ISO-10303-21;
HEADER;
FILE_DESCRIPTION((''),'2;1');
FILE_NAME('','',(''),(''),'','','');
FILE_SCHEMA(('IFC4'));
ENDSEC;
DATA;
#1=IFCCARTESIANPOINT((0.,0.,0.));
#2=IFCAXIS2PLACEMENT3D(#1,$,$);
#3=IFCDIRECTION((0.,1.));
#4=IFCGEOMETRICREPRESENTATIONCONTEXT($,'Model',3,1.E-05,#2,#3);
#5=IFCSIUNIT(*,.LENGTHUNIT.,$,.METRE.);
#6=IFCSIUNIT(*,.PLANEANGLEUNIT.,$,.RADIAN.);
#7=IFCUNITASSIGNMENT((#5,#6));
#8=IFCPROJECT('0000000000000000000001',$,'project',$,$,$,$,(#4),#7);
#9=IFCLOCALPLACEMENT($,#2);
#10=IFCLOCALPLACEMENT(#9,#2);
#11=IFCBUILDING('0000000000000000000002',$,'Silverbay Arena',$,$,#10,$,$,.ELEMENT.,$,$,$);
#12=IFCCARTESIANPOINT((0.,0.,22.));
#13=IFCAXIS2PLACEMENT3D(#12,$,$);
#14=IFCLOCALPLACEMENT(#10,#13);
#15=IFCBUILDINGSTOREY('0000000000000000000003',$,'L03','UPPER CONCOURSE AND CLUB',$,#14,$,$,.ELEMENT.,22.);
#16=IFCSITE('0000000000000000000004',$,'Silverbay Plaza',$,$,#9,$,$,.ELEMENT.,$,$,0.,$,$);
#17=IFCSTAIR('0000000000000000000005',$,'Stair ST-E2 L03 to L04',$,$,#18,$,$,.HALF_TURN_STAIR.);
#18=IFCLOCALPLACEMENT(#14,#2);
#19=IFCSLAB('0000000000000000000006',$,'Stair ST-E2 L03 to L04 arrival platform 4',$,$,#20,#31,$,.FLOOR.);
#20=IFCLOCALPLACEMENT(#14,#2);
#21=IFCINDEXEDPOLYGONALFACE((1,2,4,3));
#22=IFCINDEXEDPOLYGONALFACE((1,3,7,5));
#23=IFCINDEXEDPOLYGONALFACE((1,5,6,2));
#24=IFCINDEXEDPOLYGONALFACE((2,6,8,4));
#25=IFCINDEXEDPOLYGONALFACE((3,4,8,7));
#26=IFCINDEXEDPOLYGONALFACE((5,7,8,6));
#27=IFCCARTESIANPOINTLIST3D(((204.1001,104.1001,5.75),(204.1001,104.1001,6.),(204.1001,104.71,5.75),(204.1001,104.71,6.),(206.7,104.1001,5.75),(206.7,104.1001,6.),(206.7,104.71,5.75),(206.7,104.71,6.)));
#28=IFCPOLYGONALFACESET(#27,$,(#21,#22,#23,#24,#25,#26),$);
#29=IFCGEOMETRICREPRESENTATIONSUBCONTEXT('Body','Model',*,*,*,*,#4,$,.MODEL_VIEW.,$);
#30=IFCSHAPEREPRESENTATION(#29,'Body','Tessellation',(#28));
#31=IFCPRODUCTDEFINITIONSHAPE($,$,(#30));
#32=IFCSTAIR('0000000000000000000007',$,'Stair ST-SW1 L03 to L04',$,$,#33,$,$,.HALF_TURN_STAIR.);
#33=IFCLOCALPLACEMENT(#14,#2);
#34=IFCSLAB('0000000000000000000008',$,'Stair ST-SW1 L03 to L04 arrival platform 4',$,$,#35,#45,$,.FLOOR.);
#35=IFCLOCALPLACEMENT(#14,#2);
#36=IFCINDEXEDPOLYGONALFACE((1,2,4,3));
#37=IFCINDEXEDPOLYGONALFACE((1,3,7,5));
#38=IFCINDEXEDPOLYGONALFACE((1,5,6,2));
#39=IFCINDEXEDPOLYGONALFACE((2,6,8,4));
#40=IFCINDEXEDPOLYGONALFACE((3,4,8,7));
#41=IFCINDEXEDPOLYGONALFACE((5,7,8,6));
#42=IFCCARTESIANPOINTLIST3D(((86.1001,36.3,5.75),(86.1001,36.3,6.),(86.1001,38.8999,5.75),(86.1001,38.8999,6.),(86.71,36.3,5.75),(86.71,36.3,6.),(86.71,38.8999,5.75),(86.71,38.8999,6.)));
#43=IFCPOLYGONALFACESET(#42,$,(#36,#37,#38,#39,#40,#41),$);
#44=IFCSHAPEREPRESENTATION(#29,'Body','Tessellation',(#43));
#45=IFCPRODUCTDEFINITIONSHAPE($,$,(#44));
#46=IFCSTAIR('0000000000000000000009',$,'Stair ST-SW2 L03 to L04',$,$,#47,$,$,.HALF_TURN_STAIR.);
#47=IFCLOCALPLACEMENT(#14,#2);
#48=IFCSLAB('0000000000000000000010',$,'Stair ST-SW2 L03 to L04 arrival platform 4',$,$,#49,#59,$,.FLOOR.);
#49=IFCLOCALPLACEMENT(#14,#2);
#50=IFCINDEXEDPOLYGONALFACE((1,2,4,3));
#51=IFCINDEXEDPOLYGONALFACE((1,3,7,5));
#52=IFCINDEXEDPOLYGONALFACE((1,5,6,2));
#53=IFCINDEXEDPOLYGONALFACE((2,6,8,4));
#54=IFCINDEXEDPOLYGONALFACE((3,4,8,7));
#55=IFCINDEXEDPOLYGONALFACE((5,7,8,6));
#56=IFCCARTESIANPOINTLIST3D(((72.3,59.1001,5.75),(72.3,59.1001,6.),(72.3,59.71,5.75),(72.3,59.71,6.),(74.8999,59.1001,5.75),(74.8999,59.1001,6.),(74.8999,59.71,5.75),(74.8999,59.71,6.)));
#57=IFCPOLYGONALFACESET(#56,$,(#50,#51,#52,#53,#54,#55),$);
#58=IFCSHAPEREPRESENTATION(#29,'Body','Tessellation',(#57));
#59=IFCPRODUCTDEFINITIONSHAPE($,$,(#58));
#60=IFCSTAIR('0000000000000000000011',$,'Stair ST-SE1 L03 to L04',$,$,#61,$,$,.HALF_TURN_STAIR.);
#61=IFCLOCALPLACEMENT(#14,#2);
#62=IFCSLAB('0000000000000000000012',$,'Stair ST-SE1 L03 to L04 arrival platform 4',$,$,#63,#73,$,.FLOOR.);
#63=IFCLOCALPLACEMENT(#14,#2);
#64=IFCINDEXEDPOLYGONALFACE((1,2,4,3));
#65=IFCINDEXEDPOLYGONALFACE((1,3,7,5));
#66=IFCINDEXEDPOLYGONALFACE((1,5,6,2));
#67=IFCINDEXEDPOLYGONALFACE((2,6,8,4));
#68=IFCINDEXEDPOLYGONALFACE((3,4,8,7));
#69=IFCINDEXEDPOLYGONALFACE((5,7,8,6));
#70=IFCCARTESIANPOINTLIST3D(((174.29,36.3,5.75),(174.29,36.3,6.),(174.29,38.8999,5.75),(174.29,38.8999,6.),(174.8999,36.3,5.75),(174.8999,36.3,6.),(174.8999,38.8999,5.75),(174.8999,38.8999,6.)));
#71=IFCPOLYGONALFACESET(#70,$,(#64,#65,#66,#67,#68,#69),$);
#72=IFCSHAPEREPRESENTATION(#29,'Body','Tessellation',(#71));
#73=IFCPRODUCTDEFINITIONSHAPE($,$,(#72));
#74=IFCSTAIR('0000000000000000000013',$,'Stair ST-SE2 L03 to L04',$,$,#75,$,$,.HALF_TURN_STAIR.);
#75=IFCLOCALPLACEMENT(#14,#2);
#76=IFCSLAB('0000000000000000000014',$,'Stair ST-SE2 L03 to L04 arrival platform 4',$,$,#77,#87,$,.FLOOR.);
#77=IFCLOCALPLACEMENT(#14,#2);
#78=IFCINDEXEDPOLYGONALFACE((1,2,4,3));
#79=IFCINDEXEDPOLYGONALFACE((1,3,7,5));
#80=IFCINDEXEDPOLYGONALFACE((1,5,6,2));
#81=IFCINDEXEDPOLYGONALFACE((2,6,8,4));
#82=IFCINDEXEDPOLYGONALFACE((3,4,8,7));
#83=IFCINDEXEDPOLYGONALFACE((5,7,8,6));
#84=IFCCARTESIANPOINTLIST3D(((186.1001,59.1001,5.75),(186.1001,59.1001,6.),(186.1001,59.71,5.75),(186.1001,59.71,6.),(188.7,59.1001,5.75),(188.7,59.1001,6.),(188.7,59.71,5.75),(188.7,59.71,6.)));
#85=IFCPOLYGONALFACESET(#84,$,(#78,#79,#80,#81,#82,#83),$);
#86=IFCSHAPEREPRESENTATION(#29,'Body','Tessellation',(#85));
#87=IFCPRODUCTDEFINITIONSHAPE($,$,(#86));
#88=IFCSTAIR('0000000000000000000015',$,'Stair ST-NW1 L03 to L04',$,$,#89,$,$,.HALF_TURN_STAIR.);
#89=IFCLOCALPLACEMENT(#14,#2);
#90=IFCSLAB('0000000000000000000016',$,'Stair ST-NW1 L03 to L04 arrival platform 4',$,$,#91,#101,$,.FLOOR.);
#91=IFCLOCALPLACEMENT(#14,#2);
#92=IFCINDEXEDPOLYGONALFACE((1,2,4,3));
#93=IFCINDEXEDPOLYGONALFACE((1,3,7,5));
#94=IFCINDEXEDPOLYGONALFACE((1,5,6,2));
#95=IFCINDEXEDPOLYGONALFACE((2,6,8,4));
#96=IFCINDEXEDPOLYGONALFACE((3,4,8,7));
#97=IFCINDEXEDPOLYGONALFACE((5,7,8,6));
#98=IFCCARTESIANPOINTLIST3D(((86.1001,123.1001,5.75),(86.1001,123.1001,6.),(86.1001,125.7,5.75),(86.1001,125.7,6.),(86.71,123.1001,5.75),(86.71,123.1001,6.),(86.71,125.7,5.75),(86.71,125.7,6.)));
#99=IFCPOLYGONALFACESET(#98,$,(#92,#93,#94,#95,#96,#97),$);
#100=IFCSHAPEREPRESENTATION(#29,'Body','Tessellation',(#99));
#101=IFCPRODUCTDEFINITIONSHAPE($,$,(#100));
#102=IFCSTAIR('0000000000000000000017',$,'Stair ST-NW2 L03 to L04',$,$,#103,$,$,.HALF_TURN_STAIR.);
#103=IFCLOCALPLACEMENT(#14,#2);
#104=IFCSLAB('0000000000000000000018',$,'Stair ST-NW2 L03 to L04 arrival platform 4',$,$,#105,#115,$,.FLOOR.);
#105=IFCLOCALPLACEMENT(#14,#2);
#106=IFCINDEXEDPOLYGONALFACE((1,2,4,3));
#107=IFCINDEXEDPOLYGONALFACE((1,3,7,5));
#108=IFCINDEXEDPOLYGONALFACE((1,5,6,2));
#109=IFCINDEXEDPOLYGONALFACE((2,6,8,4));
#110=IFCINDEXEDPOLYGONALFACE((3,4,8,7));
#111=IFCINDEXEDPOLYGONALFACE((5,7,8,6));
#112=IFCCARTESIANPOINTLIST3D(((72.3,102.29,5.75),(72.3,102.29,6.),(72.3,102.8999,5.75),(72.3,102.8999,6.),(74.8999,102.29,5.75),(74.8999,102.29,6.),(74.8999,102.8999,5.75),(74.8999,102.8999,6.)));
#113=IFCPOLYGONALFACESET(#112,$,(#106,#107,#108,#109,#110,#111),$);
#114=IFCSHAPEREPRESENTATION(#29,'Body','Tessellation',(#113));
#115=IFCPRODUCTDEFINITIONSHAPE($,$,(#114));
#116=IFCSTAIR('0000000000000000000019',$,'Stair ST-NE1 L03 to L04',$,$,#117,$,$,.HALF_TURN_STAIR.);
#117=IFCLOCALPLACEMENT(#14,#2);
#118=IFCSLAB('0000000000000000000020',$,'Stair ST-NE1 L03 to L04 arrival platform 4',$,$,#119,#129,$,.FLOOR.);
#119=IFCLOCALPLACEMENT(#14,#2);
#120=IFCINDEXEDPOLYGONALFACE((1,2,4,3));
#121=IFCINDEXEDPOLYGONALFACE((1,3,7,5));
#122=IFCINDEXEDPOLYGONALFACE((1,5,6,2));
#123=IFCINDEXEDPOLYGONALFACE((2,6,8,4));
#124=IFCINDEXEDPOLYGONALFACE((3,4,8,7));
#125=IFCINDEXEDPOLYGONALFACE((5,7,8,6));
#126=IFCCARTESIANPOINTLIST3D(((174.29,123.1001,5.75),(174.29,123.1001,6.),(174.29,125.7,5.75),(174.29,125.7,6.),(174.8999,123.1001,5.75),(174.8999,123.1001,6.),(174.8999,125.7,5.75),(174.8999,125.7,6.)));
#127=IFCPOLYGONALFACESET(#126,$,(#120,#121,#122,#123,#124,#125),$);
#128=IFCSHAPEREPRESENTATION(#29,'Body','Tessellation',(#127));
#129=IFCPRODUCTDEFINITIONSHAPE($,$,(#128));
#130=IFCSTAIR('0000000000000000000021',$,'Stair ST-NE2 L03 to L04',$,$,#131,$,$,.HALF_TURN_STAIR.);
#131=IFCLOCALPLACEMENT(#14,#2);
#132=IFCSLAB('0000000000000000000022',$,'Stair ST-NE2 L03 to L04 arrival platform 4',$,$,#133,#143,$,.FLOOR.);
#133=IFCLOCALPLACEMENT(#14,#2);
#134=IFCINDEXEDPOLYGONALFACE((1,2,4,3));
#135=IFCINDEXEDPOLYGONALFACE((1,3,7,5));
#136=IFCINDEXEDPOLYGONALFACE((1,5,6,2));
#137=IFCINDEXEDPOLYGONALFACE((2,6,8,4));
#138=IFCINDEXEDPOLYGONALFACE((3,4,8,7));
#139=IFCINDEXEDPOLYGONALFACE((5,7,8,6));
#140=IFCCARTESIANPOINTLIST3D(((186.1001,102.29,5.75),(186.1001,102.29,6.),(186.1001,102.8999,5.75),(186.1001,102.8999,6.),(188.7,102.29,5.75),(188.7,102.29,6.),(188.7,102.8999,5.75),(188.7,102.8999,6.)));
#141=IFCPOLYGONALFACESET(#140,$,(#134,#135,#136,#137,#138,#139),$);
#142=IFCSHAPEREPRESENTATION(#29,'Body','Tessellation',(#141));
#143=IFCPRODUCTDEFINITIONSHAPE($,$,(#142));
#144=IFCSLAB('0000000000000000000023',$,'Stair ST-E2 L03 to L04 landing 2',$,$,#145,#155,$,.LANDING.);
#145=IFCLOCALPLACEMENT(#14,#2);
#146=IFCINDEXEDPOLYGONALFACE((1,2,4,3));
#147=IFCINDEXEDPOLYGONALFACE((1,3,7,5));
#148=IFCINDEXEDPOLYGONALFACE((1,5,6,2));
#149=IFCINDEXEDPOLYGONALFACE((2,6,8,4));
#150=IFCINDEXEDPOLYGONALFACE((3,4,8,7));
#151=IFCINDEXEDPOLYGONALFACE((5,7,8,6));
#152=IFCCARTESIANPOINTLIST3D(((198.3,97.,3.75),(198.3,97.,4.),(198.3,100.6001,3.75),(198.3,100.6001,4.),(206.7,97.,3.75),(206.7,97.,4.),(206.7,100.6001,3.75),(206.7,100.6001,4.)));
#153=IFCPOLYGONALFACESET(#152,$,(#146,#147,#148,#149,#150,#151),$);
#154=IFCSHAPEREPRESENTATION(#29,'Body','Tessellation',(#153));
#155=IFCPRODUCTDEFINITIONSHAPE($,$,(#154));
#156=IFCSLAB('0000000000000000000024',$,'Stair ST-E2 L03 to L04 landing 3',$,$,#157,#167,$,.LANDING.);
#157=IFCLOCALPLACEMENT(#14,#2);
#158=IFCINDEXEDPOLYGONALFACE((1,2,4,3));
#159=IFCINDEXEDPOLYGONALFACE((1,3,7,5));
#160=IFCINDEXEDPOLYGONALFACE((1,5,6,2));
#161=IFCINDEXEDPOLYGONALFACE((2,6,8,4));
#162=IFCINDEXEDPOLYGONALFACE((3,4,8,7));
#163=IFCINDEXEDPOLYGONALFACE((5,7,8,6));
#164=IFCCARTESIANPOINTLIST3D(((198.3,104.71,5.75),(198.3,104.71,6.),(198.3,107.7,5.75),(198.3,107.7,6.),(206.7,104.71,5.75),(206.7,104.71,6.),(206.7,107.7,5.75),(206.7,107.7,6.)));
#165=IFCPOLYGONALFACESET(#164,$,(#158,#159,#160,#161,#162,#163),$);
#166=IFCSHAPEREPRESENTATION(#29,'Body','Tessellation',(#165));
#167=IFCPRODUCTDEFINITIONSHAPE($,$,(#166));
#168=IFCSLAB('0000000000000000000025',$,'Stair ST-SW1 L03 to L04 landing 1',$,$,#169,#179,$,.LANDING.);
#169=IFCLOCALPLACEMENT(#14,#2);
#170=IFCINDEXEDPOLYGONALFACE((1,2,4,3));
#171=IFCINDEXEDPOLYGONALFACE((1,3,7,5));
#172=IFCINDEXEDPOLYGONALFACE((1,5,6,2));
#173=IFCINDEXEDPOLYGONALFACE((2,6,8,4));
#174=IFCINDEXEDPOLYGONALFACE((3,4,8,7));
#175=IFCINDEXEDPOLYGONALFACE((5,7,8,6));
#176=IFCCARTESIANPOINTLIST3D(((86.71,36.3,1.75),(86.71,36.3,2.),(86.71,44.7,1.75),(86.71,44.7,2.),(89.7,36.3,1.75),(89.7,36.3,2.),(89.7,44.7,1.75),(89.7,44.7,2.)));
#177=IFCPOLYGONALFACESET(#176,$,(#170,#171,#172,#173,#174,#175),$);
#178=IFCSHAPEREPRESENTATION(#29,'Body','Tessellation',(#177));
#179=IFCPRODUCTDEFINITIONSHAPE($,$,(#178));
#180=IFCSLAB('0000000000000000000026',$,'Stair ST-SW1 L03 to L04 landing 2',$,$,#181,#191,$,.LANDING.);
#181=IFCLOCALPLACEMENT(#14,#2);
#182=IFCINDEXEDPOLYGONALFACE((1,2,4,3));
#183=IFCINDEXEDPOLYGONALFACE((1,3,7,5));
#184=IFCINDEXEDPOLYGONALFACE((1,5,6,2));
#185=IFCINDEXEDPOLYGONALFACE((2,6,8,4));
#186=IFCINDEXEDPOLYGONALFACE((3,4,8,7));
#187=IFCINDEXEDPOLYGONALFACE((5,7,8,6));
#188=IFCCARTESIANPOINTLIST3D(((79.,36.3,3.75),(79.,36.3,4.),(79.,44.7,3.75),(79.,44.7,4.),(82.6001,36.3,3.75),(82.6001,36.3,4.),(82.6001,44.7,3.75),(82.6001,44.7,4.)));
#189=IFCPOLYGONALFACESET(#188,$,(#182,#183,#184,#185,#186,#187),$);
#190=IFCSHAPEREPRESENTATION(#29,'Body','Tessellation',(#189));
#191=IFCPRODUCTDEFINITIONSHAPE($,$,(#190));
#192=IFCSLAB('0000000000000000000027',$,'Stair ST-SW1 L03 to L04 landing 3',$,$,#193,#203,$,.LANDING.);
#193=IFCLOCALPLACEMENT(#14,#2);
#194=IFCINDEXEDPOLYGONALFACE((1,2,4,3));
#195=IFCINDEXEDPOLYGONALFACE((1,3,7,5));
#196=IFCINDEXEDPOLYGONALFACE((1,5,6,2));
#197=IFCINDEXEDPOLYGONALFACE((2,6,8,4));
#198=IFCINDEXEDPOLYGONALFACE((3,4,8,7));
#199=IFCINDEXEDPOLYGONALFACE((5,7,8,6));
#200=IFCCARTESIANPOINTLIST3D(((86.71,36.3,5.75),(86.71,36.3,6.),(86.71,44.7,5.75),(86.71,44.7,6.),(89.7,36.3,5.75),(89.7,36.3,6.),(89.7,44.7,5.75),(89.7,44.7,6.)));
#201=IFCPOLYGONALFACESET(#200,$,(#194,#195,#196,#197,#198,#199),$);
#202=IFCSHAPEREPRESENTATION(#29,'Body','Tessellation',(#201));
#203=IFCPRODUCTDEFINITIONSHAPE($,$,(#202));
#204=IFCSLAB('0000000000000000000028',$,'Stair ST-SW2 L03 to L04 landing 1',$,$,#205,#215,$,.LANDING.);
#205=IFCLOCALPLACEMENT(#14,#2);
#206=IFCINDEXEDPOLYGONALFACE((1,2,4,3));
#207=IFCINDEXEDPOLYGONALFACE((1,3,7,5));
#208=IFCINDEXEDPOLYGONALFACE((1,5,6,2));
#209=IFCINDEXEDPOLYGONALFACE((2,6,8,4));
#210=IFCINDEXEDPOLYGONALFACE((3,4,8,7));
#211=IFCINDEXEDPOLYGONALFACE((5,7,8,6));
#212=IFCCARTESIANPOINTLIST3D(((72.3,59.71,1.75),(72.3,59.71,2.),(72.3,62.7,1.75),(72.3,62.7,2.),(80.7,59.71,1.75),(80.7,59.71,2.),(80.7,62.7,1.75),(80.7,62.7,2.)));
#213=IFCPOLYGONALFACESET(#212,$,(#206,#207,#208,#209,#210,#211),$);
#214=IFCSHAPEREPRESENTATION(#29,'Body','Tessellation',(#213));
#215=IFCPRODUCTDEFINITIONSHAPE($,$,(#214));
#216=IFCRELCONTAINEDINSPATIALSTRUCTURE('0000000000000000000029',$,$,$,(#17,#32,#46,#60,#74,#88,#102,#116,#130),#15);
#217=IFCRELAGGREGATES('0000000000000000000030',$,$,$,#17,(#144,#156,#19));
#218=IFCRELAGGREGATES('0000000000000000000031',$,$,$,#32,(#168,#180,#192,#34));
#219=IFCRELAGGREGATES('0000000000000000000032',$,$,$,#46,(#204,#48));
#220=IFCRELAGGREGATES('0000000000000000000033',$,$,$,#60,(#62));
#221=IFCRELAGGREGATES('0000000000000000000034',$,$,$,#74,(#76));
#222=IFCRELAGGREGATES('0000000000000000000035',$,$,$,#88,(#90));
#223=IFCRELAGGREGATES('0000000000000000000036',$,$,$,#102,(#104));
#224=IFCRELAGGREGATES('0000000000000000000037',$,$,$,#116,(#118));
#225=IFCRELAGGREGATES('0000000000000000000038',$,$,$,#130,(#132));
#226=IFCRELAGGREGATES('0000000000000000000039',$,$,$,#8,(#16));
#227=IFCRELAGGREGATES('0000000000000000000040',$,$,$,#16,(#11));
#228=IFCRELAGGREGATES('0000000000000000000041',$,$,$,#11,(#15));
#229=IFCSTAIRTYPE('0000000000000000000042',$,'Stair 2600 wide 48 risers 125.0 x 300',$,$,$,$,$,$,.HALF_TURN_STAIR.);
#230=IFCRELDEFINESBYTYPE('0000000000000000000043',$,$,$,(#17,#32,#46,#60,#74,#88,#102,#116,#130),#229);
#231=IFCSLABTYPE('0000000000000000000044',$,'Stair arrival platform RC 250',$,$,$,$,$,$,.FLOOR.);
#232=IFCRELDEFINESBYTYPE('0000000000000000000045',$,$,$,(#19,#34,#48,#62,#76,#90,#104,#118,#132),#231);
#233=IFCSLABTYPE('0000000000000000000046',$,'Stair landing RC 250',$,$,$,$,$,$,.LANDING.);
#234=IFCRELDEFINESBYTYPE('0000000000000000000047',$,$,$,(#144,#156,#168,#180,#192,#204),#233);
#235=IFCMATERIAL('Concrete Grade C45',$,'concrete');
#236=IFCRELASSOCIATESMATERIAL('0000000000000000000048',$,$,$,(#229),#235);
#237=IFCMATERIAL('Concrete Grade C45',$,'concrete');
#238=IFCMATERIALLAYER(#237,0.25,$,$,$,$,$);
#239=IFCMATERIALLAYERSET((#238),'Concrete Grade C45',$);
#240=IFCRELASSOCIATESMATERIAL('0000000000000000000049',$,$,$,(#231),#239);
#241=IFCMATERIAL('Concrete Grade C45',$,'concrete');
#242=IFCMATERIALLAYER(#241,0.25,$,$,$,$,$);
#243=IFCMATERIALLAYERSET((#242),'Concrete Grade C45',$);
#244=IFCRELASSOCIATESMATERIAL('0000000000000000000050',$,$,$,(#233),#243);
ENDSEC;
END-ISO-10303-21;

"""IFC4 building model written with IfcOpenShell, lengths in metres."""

from ifc_helpers import new_model, si_unit, direction, frame, origin, place, context, subcontext, project, spatial, polyline, outline, extrude, material, layer, layer_set, type_object, element, aggregate, save


model = new_model("IFC4")

# Units and contexts
model_context = context("Model", 3, precision=1e-05, world=origin(), true_north=direction((0.0, 1.0)))
body_context = subcontext(model_context, "Body", "Model", "MODEL_VIEW")
ifc_project = project(units=[si_unit("LENGTHUNIT", "METRE"), si_unit("PLANEANGLEUNIT", "RADIAN")], contexts=[model_context])

# Site, building, storey
site_placement = place(None, origin())
site = spatial("IfcSite", under=ifc_project, at=site_placement, Name="Silverbay Plaza", CompositionType="ELEMENT", RefElevation=0.0)
building_placement = place(site_placement, origin())
building = spatial("IfcBuilding", under=site, at=building_placement, Name="Silverbay Arena", CompositionType="ELEMENT")
storey_placement = place(building_placement, frame((0.0, 0.0, 22.0)))
storey = spatial("IfcBuildingStorey", under=building, at=storey_placement, Name="L03", Description="UPPER CONCOURSE AND CLUB", CompositionType="ELEMENT", Elevation=22.0)

# Stairs, slabs
ifc_material_1 = material(Name="Concrete Grade C45", Category="concrete")
stair_type = type_object("IfcStairType", Name="Stair 2600 wide 48 risers 125.0 x 300", PredefinedType="HALF_TURN_STAIR", material=ifc_material_1)
stair_1_placement = place(storey_placement, origin())
stair_1 = element("IfcStair", 1, at=stair_1_placement, inside=storey, type_object=stair_type, Name="Stair ST-E2 L03 to L04", PredefinedType="HALF_TURN_STAIR")
ifc_material_2 = material(Name="Concrete Grade C45", Category="concrete")
ifc_layer_1 = layer(ifc_material_2, 0.25)
ifc_layer_set_1 = layer_set([ifc_layer_1], Name="Concrete Grade C45")
slab_type_1 = type_object("IfcSlabType", Name="Stair arrival platform RC 250", PredefinedType="FLOOR", material=ifc_layer_set_1)
slab_1_placement = place(storey_placement, frame((0.0, 0.0, 5.75)))
slab_1 = element("IfcSlab", 2, at=slab_1_placement, type_object=slab_type_1, Name="Stair ST-E2 L03 to L04 arrival platform 4", PredefinedType="FLOOR", context=body_context, shape_type="SweptSolid", body=[
    extrude(outline(polyline([(204.1001, 104.1001), (204.1001, 104.71), (206.7, 104.71), (206.7, 104.1001), (204.1001, 104.1001)])), origin(), (0.0, 0.0, 1.0), 0.25),
])
stair_2_placement = place(storey_placement, origin())
stair_2 = element("IfcStair", 3, at=stair_2_placement, inside=storey, type_object=stair_type, Name="Stair ST-SW1 L03 to L04", PredefinedType="HALF_TURN_STAIR")
slab_2_placement = place(storey_placement, frame((0.0, 0.0, 5.75)))
slab_2 = element("IfcSlab", 4, at=slab_2_placement, type_object=slab_type_1, Name="Stair ST-SW1 L03 to L04 arrival platform 4", PredefinedType="FLOOR", context=body_context, shape_type="SweptSolid", body=[
    extrude(outline(polyline([(86.1001, 38.8999), (86.71, 38.8999), (86.71, 36.3), (86.1001, 36.3), (86.1001, 38.8999)])), origin(), (0.0, 0.0, 1.0), 0.25),
])
stair_3_placement = place(storey_placement, origin())
stair_3 = element("IfcStair", 5, at=stair_3_placement, inside=storey, type_object=stair_type, Name="Stair ST-SW2 L03 to L04", PredefinedType="HALF_TURN_STAIR")
slab_3_placement = place(storey_placement, frame((0.0, 0.0, 5.75)))
slab_3 = element("IfcSlab", 6, at=slab_3_placement, type_object=slab_type_1, Name="Stair ST-SW2 L03 to L04 arrival platform 4", PredefinedType="FLOOR", context=body_context, shape_type="SweptSolid", body=[
    extrude(outline(polyline([(74.8999, 59.1001), (74.8999, 59.71), (72.3, 59.71), (72.3, 59.1001), (74.8999, 59.1001)])), origin(), (0.0, 0.0, 1.0), 0.25),
])
stair_4_placement = place(storey_placement, origin())
stair_4 = element("IfcStair", 7, at=stair_4_placement, inside=storey, type_object=stair_type, Name="Stair ST-SE1 L03 to L04", PredefinedType="HALF_TURN_STAIR")
slab_4_placement = place(storey_placement, frame((0.0, 0.0, 5.75)))
slab_4 = element("IfcSlab", 8, at=slab_4_placement, type_object=slab_type_1, Name="Stair ST-SE1 L03 to L04 arrival platform 4", PredefinedType="FLOOR", context=body_context, shape_type="SweptSolid", body=[
    extrude(outline(polyline([(174.8999, 38.8999), (174.29, 38.8999), (174.29, 36.3), (174.8999, 36.3), (174.8999, 38.8999)])), origin(), (0.0, 0.0, 1.0), 0.25),
])
stair_5_placement = place(storey_placement, origin())
stair_5 = element("IfcStair", 9, at=stair_5_placement, inside=storey, type_object=stair_type, Name="Stair ST-SE2 L03 to L04", PredefinedType="HALF_TURN_STAIR")
slab_5_placement = place(storey_placement, frame((0.0, 0.0, 5.75)))
slab_5 = element("IfcSlab", 10, at=slab_5_placement, type_object=slab_type_1, Name="Stair ST-SE2 L03 to L04 arrival platform 4", PredefinedType="FLOOR", context=body_context, shape_type="SweptSolid", body=[
    extrude(outline(polyline([(186.1001, 59.1001), (186.1001, 59.71), (188.7, 59.71), (188.7, 59.1001), (186.1001, 59.1001)])), origin(), (0.0, 0.0, 1.0), 0.25),
])
stair_6_placement = place(storey_placement, origin())
stair_6 = element("IfcStair", 11, at=stair_6_placement, inside=storey, type_object=stair_type, Name="Stair ST-NW1 L03 to L04", PredefinedType="HALF_TURN_STAIR")
slab_6_placement = place(storey_placement, frame((0.0, 0.0, 5.75)))
slab_6 = element("IfcSlab", 12, at=slab_6_placement, type_object=slab_type_1, Name="Stair ST-NW1 L03 to L04 arrival platform 4", PredefinedType="FLOOR", context=body_context, shape_type="SweptSolid", body=[
    extrude(outline(polyline([(86.1001, 123.1001), (86.71, 123.1001), (86.71, 125.7), (86.1001, 125.7), (86.1001, 123.1001)])), origin(), (0.0, 0.0, 1.0), 0.25),
])
stair_7_placement = place(storey_placement, origin())
stair_7 = element("IfcStair", 13, at=stair_7_placement, inside=storey, type_object=stair_type, Name="Stair ST-NW2 L03 to L04", PredefinedType="HALF_TURN_STAIR")
slab_7_placement = place(storey_placement, frame((0.0, 0.0, 5.75)))
slab_7 = element("IfcSlab", 14, at=slab_7_placement, type_object=slab_type_1, Name="Stair ST-NW2 L03 to L04 arrival platform 4", PredefinedType="FLOOR", context=body_context, shape_type="SweptSolid", body=[
    extrude(outline(polyline([(74.8999, 102.8999), (74.8999, 102.29), (72.3, 102.29), (72.3, 102.8999), (74.8999, 102.8999)])), origin(), (0.0, 0.0, 1.0), 0.25),
])
stair_8_placement = place(storey_placement, origin())
stair_8 = element("IfcStair", 15, at=stair_8_placement, inside=storey, type_object=stair_type, Name="Stair ST-NE1 L03 to L04", PredefinedType="HALF_TURN_STAIR")
slab_8_placement = place(storey_placement, frame((0.0, 0.0, 5.75)))
slab_8 = element("IfcSlab", 16, at=slab_8_placement, type_object=slab_type_1, Name="Stair ST-NE1 L03 to L04 arrival platform 4", PredefinedType="FLOOR", context=body_context, shape_type="SweptSolid", body=[
    extrude(outline(polyline([(174.8999, 123.1001), (174.29, 123.1001), (174.29, 125.7), (174.8999, 125.7), (174.8999, 123.1001)])), origin(), (0.0, 0.0, 1.0), 0.25),
])
stair_9_placement = place(storey_placement, origin())
stair_9 = element("IfcStair", 17, at=stair_9_placement, inside=storey, type_object=stair_type, Name="Stair ST-NE2 L03 to L04", PredefinedType="HALF_TURN_STAIR")
slab_9_placement = place(storey_placement, frame((0.0, 0.0, 5.75)))
slab_9 = element("IfcSlab", 18, at=slab_9_placement, type_object=slab_type_1, Name="Stair ST-NE2 L03 to L04 arrival platform 4", PredefinedType="FLOOR", context=body_context, shape_type="SweptSolid", body=[
    extrude(outline(polyline([(186.1001, 102.8999), (186.1001, 102.29), (188.7, 102.29), (188.7, 102.8999), (186.1001, 102.8999)])), origin(), (0.0, 0.0, 1.0), 0.25),
])

# Slabs
ifc_material_3 = material(Name="Concrete Grade C45", Category="concrete")
ifc_layer_2 = layer(ifc_material_3, 0.25)
ifc_layer_set_2 = layer_set([ifc_layer_2], Name="Concrete Grade C45")
slab_type_2 = type_object("IfcSlabType", Name="Stair landing RC 250", PredefinedType="LANDING", material=ifc_layer_set_2)
slab_10_placement = place(storey_placement, frame((0.0, 0.0, 3.75)))
slab_10 = element("IfcSlab", 19, at=slab_10_placement, type_object=slab_type_2, Name="Stair ST-E2 L03 to L04 landing 2", PredefinedType="LANDING", context=body_context, shape_type="SweptSolid", body=[
    extrude(outline(polyline([(198.3, 97.0), (198.3, 100.6001), (206.7, 100.6001), (206.7, 97.0), (198.3, 97.0)])), origin(), (0.0, 0.0, 1.0), 0.25),
])
slab_11_placement = place(storey_placement, frame((0.0, 0.0, 5.75)))
slab_11 = element("IfcSlab", 20, at=slab_11_placement, type_object=slab_type_2, Name="Stair ST-E2 L03 to L04 landing 3", PredefinedType="LANDING", context=body_context, shape_type="SweptSolid", body=[
    extrude(outline(polyline([(198.3, 104.71), (198.3, 107.7), (206.7, 107.7), (206.7, 104.71), (198.3, 104.71)])), origin(), (0.0, 0.0, 1.0), 0.25),
])
aggregate(stair_1, [slab_10, slab_11, slab_1])
slab_12_placement = place(storey_placement, frame((0.0, 0.0, 1.75)))
slab_12 = element("IfcSlab", 21, at=slab_12_placement, type_object=slab_type_2, Name="Stair ST-SW1 L03 to L04 landing 1", PredefinedType="LANDING", context=body_context, shape_type="SweptSolid", body=[
    extrude(outline(polyline([(86.71, 44.7), (89.7, 44.7), (89.7, 36.3), (86.71, 36.3), (86.71, 44.7)])), origin(), (0.0, 0.0, 1.0), 0.25),
])
slab_13_placement = place(storey_placement, frame((0.0, 0.0, 3.75)))
slab_13 = element("IfcSlab", 22, at=slab_13_placement, type_object=slab_type_2, Name="Stair ST-SW1 L03 to L04 landing 2", PredefinedType="LANDING", context=body_context, shape_type="SweptSolid", body=[
    extrude(outline(polyline([(79.0, 44.7), (82.6001, 44.7), (82.6001, 36.3), (79.0, 36.3), (79.0, 44.7)])), origin(), (0.0, 0.0, 1.0), 0.25),
])
slab_14_placement = place(storey_placement, frame((0.0, 0.0, 5.75)))
slab_14 = element("IfcSlab", 23, at=slab_14_placement, type_object=slab_type_2, Name="Stair ST-SW1 L03 to L04 landing 3", PredefinedType="LANDING", context=body_context, shape_type="SweptSolid", body=[
    extrude(outline(polyline([(86.71, 44.7), (89.7, 44.7), (89.7, 36.3), (86.71, 36.3), (86.71, 44.7)])), origin(), (0.0, 0.0, 1.0), 0.25),
])
aggregate(stair_2, [slab_12, slab_13, slab_14, slab_2])
slab_15_placement = place(storey_placement, frame((0.0, 0.0, 1.75)))
slab_15 = element("IfcSlab", 24, at=slab_15_placement, type_object=slab_type_2, Name="Stair ST-SW2 L03 to L04 landing 1", PredefinedType="LANDING", context=body_context, shape_type="SweptSolid", body=[
    extrude(outline(polyline([(80.7, 59.71), (80.7, 62.7), (72.3, 62.7), (72.3, 59.71), (80.7, 59.71)])), origin(), (0.0, 0.0, 1.0), 0.25),
])
aggregate(stair_3, [slab_15, slab_3])
aggregate(stair_4, [slab_4])
aggregate(stair_5, [slab_5])
aggregate(stair_6, [slab_6])
aggregate(stair_7, [slab_7])
aggregate(stair_8, [slab_8])
aggregate(stair_9, [slab_9])

save(model, "model.ifc")
